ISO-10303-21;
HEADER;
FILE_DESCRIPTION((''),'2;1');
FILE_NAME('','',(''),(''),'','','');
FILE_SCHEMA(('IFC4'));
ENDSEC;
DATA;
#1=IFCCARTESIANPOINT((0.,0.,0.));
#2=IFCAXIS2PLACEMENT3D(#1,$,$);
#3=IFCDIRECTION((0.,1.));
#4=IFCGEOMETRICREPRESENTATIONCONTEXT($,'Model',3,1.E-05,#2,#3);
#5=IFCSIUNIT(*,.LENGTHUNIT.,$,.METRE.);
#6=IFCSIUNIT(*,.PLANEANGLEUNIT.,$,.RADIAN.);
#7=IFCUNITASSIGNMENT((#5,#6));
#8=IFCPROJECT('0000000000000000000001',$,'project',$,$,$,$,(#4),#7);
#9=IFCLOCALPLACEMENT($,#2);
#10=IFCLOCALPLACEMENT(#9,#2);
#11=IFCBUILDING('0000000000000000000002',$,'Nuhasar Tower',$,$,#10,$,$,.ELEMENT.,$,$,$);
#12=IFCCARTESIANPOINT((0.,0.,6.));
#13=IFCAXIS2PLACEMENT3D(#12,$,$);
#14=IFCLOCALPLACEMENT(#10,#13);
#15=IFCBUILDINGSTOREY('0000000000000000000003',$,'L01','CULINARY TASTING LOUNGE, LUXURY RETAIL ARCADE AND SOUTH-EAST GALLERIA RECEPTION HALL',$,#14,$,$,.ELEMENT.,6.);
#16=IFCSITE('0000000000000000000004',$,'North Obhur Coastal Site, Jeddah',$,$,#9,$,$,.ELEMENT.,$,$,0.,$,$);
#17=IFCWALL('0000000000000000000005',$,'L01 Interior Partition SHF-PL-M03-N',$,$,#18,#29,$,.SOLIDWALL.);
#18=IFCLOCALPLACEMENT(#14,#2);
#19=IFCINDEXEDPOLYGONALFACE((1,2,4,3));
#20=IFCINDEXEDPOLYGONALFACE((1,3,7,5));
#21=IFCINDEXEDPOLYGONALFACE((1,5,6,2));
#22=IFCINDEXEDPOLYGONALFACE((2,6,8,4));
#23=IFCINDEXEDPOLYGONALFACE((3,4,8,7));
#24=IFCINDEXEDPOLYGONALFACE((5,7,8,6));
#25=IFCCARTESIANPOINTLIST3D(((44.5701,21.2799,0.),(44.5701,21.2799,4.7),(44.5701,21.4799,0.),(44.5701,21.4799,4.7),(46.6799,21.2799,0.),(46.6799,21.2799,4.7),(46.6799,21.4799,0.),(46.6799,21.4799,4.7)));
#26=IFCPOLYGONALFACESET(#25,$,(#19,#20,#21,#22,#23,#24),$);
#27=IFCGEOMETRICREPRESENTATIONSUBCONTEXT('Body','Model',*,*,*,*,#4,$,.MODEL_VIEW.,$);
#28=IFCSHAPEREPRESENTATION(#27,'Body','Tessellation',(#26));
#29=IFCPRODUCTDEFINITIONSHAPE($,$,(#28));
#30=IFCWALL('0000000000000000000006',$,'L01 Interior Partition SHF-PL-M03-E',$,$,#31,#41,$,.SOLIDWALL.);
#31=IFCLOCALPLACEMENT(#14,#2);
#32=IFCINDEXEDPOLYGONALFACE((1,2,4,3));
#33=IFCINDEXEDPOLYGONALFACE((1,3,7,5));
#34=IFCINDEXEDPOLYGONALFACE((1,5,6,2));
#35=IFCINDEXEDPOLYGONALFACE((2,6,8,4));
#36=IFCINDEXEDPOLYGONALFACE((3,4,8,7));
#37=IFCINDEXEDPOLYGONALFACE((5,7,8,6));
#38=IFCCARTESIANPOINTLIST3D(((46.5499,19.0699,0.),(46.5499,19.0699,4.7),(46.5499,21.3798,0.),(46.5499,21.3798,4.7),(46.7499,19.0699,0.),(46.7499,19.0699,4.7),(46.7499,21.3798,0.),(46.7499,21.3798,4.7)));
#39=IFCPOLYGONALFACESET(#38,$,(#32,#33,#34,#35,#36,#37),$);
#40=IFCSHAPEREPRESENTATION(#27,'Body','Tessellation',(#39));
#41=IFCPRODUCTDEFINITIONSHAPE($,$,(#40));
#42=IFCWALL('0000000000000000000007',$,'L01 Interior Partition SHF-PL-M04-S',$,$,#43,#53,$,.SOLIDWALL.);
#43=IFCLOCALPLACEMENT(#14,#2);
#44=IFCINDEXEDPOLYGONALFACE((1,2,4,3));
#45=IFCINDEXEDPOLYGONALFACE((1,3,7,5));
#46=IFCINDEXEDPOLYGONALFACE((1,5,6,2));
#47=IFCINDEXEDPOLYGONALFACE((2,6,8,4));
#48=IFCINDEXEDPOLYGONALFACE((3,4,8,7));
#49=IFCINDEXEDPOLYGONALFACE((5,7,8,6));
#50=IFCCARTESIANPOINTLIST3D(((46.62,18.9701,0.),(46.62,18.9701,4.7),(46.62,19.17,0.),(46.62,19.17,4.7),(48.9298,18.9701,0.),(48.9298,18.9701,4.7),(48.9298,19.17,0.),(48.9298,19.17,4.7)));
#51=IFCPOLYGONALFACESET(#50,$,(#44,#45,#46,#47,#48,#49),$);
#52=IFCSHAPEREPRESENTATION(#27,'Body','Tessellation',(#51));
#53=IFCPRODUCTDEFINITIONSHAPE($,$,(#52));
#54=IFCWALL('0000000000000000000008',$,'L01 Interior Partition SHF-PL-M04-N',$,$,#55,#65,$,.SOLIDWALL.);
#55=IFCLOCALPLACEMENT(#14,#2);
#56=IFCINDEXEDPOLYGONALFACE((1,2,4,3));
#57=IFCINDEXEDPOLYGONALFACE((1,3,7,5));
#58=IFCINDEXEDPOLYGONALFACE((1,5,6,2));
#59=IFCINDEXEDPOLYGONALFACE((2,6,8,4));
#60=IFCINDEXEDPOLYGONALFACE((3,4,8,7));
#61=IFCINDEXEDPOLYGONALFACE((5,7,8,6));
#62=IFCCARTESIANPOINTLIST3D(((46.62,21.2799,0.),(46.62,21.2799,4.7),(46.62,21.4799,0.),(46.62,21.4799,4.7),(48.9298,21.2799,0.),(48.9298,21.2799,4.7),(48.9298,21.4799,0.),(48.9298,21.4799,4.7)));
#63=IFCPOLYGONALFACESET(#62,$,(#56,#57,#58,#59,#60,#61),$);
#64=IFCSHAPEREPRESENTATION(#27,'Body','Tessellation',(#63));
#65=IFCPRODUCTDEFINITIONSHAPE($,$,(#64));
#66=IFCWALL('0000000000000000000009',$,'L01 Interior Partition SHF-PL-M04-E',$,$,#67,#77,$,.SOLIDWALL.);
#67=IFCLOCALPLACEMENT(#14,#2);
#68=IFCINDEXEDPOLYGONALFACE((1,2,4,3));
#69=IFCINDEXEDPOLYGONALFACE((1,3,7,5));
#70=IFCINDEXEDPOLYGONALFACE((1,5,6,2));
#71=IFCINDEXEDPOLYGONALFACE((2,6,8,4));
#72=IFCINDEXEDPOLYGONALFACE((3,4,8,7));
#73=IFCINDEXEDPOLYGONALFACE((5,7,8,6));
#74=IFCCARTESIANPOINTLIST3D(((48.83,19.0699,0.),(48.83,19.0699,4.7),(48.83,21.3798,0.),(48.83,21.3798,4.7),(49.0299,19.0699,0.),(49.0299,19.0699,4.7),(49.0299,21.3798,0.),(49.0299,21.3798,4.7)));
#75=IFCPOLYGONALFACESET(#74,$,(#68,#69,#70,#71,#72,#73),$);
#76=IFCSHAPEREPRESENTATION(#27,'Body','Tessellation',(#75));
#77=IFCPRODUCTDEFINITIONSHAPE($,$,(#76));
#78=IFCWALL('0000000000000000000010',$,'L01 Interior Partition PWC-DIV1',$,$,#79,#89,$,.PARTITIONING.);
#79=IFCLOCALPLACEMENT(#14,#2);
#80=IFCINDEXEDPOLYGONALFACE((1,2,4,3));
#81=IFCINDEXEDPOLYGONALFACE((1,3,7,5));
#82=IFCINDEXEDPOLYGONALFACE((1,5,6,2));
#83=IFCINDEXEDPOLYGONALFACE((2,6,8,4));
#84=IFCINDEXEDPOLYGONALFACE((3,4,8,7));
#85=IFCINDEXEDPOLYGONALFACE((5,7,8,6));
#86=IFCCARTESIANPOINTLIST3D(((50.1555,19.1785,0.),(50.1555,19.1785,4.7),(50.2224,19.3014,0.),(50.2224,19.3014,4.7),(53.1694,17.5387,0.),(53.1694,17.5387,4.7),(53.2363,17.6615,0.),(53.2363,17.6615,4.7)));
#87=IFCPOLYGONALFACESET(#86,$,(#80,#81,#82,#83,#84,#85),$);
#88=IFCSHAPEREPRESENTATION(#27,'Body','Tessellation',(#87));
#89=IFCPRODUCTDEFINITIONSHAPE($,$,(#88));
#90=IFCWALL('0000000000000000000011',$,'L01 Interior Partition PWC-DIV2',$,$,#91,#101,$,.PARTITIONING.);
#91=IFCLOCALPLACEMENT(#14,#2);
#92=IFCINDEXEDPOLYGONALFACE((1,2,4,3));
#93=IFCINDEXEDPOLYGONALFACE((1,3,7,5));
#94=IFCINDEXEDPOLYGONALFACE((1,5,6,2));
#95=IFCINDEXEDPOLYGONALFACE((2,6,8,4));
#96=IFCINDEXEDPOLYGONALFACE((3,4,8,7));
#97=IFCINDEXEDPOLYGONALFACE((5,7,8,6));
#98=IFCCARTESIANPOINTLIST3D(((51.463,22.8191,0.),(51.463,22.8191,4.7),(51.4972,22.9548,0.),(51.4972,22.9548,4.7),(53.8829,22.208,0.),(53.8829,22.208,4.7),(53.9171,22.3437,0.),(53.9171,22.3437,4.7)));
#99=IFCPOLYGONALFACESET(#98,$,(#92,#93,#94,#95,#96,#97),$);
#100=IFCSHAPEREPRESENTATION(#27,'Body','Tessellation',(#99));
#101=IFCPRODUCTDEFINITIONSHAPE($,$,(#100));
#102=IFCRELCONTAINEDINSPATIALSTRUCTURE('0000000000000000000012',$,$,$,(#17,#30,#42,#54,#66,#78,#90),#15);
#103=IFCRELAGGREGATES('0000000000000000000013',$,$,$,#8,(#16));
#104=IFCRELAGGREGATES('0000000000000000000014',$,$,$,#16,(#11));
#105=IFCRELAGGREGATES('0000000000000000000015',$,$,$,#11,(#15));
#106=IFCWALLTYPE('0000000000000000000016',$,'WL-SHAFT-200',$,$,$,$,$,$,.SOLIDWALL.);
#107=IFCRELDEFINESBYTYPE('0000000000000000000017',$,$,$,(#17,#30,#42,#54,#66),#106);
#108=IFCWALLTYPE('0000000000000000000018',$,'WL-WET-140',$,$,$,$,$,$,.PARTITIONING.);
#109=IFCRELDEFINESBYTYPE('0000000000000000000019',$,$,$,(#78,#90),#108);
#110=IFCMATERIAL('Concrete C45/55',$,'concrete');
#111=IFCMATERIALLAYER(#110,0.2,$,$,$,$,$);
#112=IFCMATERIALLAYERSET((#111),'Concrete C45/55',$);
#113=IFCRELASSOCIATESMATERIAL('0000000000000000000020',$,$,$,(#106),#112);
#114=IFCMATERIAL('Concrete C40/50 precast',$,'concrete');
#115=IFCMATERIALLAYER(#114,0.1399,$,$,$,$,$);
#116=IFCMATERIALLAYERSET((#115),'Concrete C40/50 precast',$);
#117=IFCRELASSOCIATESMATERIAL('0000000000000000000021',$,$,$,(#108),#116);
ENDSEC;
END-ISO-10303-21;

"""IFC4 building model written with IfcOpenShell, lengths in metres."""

from ifc_helpers import new_model, si_unit, direction, frame, frame_2d, origin, place, context, subcontext, project, spatial, rectangle, extrude, material, layer, layer_set, type_object, element, save


model = new_model("IFC4")

# Units and contexts
model_context = context("Model", 3, precision=1e-05, world=origin(), true_north=direction((0.0, 1.0)))
body_context = subcontext(model_context, "Body", "Model", "MODEL_VIEW")
ifc_project = project(units=[si_unit("LENGTHUNIT", "METRE"), si_unit("PLANEANGLEUNIT", "RADIAN")], contexts=[model_context])

# Site, building, storey
site_placement = place(None, origin())
site = spatial("IfcSite", under=ifc_project, at=site_placement, Name="North Obhur Coastal Site, Jeddah", CompositionType="ELEMENT", RefElevation=0.0)
building_placement = place(site_placement, origin())
building = spatial("IfcBuilding", under=site, at=building_placement, Name="Nuhasar Tower", CompositionType="ELEMENT")
storey_placement = place(building_placement, frame((0.0, 0.0, 6.0)))
storey = spatial("IfcBuildingStorey", under=building, at=storey_placement, Name="L01", Description="CULINARY TASTING LOUNGE, LUXURY RETAIL ARCADE AND SOUTH-EAST GALLERIA RECEPTION HALL", CompositionType="ELEMENT", Elevation=6.0)

# Shared definitions
ifc_material_1 = material(Name="Concrete C45/55", Category="concrete")

# Walls
ifc_layer_1 = layer(ifc_material_1, 0.2)
ifc_layer_set_1 = layer_set([ifc_layer_1], Name="Concrete C45/55")
wall_type_1 = type_object("IfcWallType", Name="WL-SHAFT-200", PredefinedType="SOLIDWALL", material=ifc_layer_set_1)
for number, where, z_axis, x_axis, name in (
    (1, (44.5701, 21.3799, 0.0), (0.0, 0.0, 1.0), (1.0, 0.0, 0.0), "L01 Interior Partition SHF-PL-M03-N"),
):
    element("IfcWall", number, at=place(storey_placement, frame(where, z_axis=z_axis, x_axis=x_axis)), inside=storey, type_object=wall_type_1, Name=name, PredefinedType="SOLIDWALL", context=body_context, shape_type="SweptSolid", body=[
        extrude(rectangle(XDim=2.1099, YDim=0.2, at=frame_2d((1.0549, 0.0))), origin(), (0.0, 0.0, 1.0), 4.7),
    ])
for number, where, z_axis, x_axis, name in (
    (2, (46.6499, 19.0701, 0.0), (0.0, 0.0, 1.0), (0.0, 1.0, 0.0), "L01 Interior Partition SHF-PL-M03-E"),
    (3, (46.6201, 19.0701, 0.0), (0.0, 0.0, 1.0), (1.0, 0.0, 0.0), "L01 Interior Partition SHF-PL-M04-S"),
    (4, (46.6201, 21.3799, 0.0), (0.0, 0.0, 1.0), (1.0, 0.0, 0.0), "L01 Interior Partition SHF-PL-M04-N"),
    (5, (48.9299, 19.0701, 0.0), (0.0, 0.0, 1.0), (0.0, 1.0, 0.0), "L01 Interior Partition SHF-PL-M04-E"),
):
    element("IfcWall", number, at=place(storey_placement, frame(where, z_axis=z_axis, x_axis=x_axis)), inside=storey, type_object=wall_type_1, Name=name, PredefinedType="SOLIDWALL", context=body_context, shape_type="SweptSolid", body=[
        extrude(rectangle(XDim=2.3098, YDim=0.2, at=frame_2d((1.1548, 0.0))), origin(), (0.0, 0.0, 1.0), 4.7),
    ])
ifc_material_2 = material(Name="Concrete C40/50 precast", Category="concrete")
ifc_layer_2 = layer(ifc_material_2, 0.1399)
ifc_layer_set_2 = layer_set([ifc_layer_2], Name="Concrete C40/50 precast")
wall_type_2 = type_object("IfcWallType", Name="WL-WET-140", PredefinedType="PARTITIONING", material=ifc_layer_set_2)
wall_1_placement = place(storey_placement, frame((50.189, 19.24, 0.0), z_axis=(0.0, 0.0, 1.0), x_axis=(0.878393, -0.47794, 0.0)))
element("IfcWall", 6, at=wall_1_placement, inside=storey, type_object=wall_type_2, Name="L01 Interior Partition PWC-DIV1", PredefinedType="PARTITIONING", context=body_context, shape_type="SweptSolid", body=[
    extrude(rectangle(XDim=3.4312, YDim=0.1399, at=frame_2d((1.7156, 0.0))), origin(), (0.0, 0.0, 1.0), 4.7),
])
wall_2_placement = place(storey_placement, frame((51.48, 22.887, 0.0), z_axis=(0.0, 0.0, 1.0), x_axis=(0.969564, -0.244837, 0.0)))
element("IfcWall", 7, at=wall_2_placement, inside=storey, type_object=wall_type_2, Name="L01 Interior Partition PWC-DIV2", PredefinedType="PARTITIONING", context=body_context, shape_type="SweptSolid", body=[
    extrude(rectangle(XDim=2.4958, YDim=0.1399, at=frame_2d((1.248, 0.0))), origin(), (0.0, 0.0, 1.0), 4.7),
])

save(model, "model.ifc")
